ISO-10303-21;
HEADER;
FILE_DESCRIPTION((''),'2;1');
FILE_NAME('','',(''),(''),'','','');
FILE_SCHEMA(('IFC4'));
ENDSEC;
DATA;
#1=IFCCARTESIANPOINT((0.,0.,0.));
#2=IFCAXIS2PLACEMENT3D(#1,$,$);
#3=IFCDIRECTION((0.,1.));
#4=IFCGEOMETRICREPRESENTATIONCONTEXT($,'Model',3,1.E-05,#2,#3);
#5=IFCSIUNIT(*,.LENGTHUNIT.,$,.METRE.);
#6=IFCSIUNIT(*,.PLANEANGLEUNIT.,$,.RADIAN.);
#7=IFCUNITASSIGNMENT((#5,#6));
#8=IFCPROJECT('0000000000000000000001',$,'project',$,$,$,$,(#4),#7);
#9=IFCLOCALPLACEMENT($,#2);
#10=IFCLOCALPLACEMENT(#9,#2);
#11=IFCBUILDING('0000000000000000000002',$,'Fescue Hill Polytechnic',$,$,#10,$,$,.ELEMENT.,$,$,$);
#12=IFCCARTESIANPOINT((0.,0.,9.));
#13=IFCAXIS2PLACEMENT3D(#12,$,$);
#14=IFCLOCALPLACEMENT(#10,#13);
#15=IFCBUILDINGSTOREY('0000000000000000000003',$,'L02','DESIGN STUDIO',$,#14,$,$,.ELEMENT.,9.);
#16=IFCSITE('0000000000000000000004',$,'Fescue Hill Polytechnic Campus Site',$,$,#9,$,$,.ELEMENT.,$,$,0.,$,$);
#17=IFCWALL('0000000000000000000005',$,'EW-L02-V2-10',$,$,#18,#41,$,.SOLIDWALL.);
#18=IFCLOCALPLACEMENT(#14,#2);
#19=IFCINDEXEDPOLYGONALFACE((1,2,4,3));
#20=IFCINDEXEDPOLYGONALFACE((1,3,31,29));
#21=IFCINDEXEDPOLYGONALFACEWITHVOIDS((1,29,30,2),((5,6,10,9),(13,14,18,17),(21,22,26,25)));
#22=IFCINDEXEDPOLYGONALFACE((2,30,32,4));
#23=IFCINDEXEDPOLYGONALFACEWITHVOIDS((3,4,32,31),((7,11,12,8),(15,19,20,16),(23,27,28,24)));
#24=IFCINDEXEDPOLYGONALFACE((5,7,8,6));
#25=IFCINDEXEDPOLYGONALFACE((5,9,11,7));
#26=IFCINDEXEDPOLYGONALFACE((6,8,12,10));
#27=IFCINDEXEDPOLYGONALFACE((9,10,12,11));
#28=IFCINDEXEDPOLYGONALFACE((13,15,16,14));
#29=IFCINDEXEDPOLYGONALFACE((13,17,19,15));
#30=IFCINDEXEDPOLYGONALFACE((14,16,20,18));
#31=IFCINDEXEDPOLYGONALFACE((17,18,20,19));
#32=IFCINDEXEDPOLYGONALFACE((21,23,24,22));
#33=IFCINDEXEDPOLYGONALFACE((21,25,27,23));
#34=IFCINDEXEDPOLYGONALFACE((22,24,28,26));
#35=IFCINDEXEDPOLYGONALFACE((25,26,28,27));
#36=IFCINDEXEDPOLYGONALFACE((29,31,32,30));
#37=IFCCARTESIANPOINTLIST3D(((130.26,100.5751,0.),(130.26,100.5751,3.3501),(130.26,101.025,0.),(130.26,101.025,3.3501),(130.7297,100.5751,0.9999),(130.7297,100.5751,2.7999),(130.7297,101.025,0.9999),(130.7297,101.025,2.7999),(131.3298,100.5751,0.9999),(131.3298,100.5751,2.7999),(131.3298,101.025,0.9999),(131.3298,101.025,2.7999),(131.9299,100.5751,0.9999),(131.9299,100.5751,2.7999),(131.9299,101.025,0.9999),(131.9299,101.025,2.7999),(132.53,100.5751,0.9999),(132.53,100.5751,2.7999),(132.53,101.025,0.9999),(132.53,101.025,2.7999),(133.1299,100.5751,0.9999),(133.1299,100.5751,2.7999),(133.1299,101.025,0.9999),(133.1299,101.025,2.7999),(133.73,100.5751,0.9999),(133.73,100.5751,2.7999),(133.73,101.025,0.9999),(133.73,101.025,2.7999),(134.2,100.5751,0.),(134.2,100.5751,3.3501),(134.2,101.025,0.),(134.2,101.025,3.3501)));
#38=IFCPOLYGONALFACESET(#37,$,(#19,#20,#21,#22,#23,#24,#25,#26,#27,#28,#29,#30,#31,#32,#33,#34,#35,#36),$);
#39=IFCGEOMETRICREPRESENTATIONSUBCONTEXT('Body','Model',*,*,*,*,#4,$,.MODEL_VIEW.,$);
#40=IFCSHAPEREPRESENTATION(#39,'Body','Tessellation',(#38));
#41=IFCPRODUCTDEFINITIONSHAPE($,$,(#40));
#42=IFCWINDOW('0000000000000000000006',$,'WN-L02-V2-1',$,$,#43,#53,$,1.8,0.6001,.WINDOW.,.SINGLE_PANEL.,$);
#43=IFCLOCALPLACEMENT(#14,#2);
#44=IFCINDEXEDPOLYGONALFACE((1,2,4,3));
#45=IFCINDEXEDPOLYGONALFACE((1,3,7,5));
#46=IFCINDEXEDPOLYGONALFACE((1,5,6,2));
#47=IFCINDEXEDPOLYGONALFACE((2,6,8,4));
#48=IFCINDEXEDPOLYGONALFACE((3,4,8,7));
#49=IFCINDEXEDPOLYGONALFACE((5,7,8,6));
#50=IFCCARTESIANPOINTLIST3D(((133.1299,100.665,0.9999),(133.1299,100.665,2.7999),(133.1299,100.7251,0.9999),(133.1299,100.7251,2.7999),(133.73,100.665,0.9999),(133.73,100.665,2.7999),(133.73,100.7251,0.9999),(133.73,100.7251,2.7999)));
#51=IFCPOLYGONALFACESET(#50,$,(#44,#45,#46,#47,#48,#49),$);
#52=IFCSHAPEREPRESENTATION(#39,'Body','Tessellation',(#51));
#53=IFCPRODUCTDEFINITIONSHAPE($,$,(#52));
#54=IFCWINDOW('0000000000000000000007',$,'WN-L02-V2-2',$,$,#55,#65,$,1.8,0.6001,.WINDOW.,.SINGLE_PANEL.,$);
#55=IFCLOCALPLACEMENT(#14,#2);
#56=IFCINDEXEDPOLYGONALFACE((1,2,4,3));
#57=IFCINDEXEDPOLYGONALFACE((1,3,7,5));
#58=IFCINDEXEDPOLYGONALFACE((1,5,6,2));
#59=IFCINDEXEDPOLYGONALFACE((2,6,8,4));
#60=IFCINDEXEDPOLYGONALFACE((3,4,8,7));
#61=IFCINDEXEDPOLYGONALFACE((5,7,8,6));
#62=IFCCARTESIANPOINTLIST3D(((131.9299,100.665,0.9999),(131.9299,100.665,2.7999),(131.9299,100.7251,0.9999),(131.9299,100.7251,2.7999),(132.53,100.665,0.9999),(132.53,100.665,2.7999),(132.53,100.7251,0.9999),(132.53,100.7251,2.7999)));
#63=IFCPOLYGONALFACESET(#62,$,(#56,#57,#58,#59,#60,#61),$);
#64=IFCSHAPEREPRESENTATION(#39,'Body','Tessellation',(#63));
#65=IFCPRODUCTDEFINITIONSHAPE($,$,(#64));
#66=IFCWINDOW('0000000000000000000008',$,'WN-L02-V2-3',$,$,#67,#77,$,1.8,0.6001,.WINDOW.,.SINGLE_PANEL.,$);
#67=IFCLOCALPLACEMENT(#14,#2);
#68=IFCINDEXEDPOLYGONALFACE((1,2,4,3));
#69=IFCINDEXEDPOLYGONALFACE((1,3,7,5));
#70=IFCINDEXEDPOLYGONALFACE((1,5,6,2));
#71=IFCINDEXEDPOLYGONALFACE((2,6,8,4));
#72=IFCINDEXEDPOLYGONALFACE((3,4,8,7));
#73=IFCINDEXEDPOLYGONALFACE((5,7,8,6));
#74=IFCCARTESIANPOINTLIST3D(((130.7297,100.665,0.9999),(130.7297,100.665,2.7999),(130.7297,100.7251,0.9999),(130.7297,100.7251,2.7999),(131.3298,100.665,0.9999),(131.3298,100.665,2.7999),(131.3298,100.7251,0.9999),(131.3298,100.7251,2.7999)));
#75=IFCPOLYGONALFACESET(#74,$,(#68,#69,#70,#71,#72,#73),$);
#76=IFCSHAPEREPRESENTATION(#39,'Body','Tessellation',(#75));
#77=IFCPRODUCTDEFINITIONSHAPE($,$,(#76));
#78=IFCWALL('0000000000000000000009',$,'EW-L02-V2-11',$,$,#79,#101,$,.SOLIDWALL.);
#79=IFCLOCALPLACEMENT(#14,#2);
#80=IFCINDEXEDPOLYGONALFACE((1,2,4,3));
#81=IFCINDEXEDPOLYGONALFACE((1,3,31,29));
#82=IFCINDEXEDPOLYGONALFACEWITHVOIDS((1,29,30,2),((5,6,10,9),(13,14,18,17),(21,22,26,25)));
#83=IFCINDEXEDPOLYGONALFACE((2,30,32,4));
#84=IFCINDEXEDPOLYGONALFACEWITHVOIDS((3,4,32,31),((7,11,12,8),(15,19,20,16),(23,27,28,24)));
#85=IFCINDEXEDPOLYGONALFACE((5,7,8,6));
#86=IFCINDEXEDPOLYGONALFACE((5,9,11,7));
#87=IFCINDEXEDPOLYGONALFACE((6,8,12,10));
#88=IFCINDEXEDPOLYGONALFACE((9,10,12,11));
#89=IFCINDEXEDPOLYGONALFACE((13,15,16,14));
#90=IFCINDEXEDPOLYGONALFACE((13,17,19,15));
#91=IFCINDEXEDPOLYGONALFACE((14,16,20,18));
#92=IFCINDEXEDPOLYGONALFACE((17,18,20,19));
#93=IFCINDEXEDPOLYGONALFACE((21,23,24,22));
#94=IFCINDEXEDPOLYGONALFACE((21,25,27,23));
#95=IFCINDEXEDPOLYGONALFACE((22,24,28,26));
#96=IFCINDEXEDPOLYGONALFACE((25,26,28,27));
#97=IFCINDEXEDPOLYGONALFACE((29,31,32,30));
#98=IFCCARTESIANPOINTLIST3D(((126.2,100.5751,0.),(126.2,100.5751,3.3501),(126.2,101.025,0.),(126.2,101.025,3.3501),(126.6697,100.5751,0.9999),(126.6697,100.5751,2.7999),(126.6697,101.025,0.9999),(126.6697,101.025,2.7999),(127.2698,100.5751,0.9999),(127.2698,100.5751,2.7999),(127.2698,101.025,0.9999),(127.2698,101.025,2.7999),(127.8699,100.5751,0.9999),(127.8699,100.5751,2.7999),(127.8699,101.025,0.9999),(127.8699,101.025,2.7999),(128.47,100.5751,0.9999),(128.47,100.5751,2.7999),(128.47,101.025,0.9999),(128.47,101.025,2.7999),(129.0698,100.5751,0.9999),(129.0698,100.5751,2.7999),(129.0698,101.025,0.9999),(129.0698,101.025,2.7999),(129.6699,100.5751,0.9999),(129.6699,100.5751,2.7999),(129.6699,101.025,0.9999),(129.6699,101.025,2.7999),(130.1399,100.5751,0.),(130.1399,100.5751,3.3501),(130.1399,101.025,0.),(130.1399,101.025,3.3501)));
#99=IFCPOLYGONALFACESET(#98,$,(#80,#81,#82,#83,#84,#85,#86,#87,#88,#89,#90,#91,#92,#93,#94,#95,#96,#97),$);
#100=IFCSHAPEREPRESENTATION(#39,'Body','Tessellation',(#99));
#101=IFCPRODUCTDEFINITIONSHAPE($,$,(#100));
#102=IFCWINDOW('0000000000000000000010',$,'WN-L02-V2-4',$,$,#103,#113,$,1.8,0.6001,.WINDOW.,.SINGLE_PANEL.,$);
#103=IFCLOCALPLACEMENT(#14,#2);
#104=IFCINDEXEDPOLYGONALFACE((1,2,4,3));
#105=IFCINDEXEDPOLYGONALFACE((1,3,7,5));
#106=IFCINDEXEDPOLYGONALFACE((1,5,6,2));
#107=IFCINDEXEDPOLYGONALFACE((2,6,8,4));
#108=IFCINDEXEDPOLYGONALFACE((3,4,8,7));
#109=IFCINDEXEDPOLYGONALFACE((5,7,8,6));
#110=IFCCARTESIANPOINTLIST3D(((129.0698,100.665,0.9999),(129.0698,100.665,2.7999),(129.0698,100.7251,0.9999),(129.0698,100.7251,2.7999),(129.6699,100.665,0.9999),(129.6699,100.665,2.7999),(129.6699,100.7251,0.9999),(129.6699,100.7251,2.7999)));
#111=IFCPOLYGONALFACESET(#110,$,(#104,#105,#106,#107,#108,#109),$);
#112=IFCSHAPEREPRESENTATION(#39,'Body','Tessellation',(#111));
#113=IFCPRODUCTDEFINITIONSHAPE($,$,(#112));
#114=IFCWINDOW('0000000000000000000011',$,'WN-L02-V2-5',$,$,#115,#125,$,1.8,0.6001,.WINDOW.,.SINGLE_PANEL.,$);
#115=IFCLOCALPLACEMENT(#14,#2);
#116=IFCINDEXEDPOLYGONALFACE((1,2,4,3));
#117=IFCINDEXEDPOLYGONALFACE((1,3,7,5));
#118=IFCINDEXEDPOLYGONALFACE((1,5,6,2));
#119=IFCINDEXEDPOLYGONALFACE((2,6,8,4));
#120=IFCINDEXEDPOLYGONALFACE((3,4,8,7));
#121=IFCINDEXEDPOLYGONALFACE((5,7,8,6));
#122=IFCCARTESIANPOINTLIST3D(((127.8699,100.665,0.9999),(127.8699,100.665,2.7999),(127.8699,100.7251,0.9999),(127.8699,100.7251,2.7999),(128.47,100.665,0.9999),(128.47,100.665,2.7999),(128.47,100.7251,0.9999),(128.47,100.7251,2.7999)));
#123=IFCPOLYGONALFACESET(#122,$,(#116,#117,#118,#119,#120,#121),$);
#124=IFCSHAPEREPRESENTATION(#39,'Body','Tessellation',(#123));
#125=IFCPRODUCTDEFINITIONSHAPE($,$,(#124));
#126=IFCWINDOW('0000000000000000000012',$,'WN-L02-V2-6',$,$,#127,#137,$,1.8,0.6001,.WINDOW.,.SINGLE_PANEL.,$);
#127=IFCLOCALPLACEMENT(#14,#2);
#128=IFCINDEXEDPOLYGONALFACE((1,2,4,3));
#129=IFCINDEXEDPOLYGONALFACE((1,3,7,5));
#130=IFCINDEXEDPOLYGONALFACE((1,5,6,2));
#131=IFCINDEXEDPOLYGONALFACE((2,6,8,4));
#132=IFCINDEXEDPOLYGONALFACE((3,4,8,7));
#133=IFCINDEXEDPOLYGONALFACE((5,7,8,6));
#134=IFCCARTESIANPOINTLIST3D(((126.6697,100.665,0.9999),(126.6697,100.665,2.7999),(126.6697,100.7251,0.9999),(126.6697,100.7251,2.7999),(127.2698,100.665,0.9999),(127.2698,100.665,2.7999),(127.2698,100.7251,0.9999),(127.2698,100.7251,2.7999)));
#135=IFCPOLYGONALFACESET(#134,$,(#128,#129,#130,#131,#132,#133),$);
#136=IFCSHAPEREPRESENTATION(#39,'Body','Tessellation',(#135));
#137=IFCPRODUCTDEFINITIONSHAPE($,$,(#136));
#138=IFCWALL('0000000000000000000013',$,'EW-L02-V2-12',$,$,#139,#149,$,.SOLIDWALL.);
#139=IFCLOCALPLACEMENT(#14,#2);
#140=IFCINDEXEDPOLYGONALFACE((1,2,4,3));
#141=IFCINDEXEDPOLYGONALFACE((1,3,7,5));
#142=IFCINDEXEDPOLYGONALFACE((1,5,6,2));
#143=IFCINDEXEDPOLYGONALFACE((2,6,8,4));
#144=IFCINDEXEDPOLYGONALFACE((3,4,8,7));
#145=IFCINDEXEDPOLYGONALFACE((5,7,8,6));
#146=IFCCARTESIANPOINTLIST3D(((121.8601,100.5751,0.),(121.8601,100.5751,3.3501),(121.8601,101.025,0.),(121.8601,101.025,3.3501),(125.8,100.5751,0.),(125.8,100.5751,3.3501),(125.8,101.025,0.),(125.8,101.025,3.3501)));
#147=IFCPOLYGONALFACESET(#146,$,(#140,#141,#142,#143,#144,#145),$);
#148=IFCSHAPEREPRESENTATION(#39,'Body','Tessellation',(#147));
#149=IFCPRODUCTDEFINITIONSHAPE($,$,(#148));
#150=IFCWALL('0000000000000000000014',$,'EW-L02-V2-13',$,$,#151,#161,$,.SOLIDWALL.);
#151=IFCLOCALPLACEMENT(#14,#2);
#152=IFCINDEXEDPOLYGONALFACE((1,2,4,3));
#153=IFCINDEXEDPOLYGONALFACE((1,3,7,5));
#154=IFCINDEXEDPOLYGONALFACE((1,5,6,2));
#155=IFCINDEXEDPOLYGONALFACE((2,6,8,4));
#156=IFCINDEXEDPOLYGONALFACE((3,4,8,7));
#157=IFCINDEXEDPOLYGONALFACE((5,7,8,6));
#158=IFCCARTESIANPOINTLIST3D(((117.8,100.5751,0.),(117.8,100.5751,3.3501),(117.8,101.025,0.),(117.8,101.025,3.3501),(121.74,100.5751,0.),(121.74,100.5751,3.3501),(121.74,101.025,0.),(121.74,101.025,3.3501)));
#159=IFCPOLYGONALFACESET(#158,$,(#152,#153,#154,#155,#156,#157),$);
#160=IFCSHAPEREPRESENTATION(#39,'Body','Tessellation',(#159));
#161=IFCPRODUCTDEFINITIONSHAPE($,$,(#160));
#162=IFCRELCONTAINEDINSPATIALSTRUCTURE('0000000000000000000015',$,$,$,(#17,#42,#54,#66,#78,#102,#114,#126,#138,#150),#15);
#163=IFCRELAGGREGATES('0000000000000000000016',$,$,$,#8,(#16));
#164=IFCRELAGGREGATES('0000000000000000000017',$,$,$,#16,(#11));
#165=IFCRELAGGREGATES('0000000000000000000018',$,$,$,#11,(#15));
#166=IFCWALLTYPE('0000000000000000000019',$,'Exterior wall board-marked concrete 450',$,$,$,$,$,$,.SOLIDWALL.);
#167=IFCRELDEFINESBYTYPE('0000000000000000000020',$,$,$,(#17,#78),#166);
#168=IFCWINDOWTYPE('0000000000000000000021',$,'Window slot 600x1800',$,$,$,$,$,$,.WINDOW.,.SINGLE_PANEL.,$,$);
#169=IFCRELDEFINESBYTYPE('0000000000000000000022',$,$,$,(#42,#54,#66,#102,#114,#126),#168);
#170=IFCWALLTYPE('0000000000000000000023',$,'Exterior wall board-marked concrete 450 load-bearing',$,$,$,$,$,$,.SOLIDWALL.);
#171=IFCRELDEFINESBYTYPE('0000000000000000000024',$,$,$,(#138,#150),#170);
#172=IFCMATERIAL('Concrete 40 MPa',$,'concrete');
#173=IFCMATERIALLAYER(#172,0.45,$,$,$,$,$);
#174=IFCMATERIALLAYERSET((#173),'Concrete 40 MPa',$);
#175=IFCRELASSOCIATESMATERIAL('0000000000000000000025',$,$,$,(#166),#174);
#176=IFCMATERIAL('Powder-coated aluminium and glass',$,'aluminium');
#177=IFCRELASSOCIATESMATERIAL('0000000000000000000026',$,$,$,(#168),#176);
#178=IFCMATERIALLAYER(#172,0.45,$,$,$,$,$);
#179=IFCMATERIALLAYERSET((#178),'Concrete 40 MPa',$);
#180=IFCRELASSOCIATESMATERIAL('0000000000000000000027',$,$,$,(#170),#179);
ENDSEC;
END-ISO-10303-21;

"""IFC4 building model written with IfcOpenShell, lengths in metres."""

from ifc_helpers import new_model, si_unit, direction, frame, frame_2d, origin, place, context, subcontext, project, spatial, rectangle, extrude, material, layer, layer_set, type_object, element, fill, save


model = new_model("IFC4")

# Units and contexts
model_context = context("Model", 3, precision=1e-05, world=origin(), true_north=direction((0.0, 1.0)))
body_context = subcontext(model_context, "Body", "Model", "MODEL_VIEW")
ifc_project = project(units=[si_unit("LENGTHUNIT", "METRE"), si_unit("PLANEANGLEUNIT", "RADIAN")], contexts=[model_context])

# Site, building, storey
site_placement = place(None, origin())
site = spatial("IfcSite", under=ifc_project, at=site_placement, Name="Fescue Hill Polytechnic Campus Site", CompositionType="ELEMENT", RefElevation=0.0)
building_placement = place(site_placement, origin())
building = spatial("IfcBuilding", under=site, at=building_placement, Name="Fescue Hill Polytechnic", CompositionType="ELEMENT")
storey_placement = place(building_placement, frame((0.0, 0.0, 9.0)))
storey = spatial("IfcBuildingStorey", under=building, at=storey_placement, Name="L02", Description="DESIGN STUDIO", CompositionType="ELEMENT", Elevation=9.0)

# Shared definitions
ifc_material_1 = material(Name="Concrete 40 MPa", Category="concrete")

# Walls, openings, windows
ifc_layer_1 = layer(ifc_material_1, 0.45)
ifc_layer_set_1 = layer_set([ifc_layer_1], Name="Concrete 40 MPa")
wall_type_1 = type_object("IfcWallType", Name="Exterior wall board-marked concrete 450", PredefinedType="SOLIDWALL", material=ifc_layer_set_1)
wall_1_placement = place(storey_placement, frame((134.2, 100.8, 0.0), z_axis=(0.0, 0.0, 1.0), x_axis=(-1.0, 0.0, 0.0)))
wall_1 = element("IfcWall", 1, at=wall_1_placement, inside=storey, type_object=wall_type_1, Name="EW-L02-V2-10", PredefinedType="SOLIDWALL", context=body_context, shape_type="SweptSolid", body=[
    extrude(rectangle(XDim=3.9399, YDim=0.45, at=frame_2d((1.97, 0.0))), origin(), (0.0, 0.0, 1.0), 3.3501),
])
opening_1_placement = place(wall_1_placement, frame((0.47, 0.0, 1.0)))
opening_1 = element("IfcOpeningElement", 2, at=opening_1_placement, cuts=wall_1, PredefinedType="OPENING", context=body_context, shape_type="SweptSolid", body=[
    extrude(rectangle(XDim=0.6001, YDim=1.8, at=frame_2d((0.3, 0.8999))), frame((0.0, 0.2349, 0.0), z_axis=(0.0, -1.0, 0.0), x_axis=(1.0, 0.0, 0.0)), (0.0, 0.0, 1.0), 0.47),
])
opening_2_placement = place(wall_1_placement, frame((1.6699, 0.0, 1.0)))
opening_2 = element("IfcOpeningElement", 3, at=opening_2_placement, cuts=wall_1, PredefinedType="OPENING", context=body_context, shape_type="SweptSolid", body=[
    extrude(rectangle(XDim=0.6001, YDim=1.8, at=frame_2d((0.3, 0.8999))), frame((0.0, 0.2349, 0.0), z_axis=(0.0, -1.0, 0.0), x_axis=(1.0, 0.0, 0.0)), (0.0, 0.0, 1.0), 0.47),
])
opening_3_placement = place(wall_1_placement, frame((2.8701, 0.0, 1.0)))
opening_3 = element("IfcOpeningElement", 4, at=opening_3_placement, cuts=wall_1, PredefinedType="OPENING", context=body_context, shape_type="SweptSolid", body=[
    extrude(rectangle(XDim=0.6001, YDim=1.8, at=frame_2d((0.3, 0.8999))), frame((0.0, 0.2349, 0.0), z_axis=(0.0, -1.0, 0.0), x_axis=(1.0, 0.0, 0.0)), (0.0, 0.0, 1.0), 0.47),
])
ifc_material_2 = material(Name="Powder-coated aluminium and glass", Category="aluminium")
window_type = type_object("IfcWindowType", Name="Window slot 600x1800", PartitioningType="SINGLE_PANEL", PredefinedType="WINDOW", material=ifc_material_2)
window_1_placement = place(opening_1_placement, origin())
window_1 = element("IfcWindow", 5, at=window_1_placement, inside=storey, type_object=window_type, Name="WN-L02-V2-1", OverallHeight=1.8, OverallWidth=0.6001, PartitioningType="SINGLE_PANEL", PredefinedType="WINDOW", context=body_context, shape_type="SweptSolid", body=[
    extrude(rectangle(XDim=0.6001, YDim=1.8, at=frame_2d((0.3, 0.8999))), frame((0.0, 0.135, 0.0), z_axis=(0.0, -1.0, 0.0), x_axis=(1.0, 0.0, 0.0)), (0.0, 0.0, 1.0), 0.0601),
])
fill(opening_1, window_1)
window_2_placement = place(opening_2_placement, origin())
window_2 = element("IfcWindow", 6, at=window_2_placement, inside=storey, type_object=window_type, Name="WN-L02-V2-2", OverallHeight=1.8, OverallWidth=0.6001, PartitioningType="SINGLE_PANEL", PredefinedType="WINDOW", context=body_context, shape_type="SweptSolid", body=[
    extrude(rectangle(XDim=0.6001, YDim=1.8, at=frame_2d((0.3, 0.8999))), frame((0.0, 0.135, 0.0), z_axis=(0.0, -1.0, 0.0), x_axis=(1.0, 0.0, 0.0)), (0.0, 0.0, 1.0), 0.0601),
])
fill(opening_2, window_2)
window_3_placement = place(opening_3_placement, origin())
window_3 = element("IfcWindow", 7, at=window_3_placement, inside=storey, type_object=window_type, Name="WN-L02-V2-3", OverallHeight=1.8, OverallWidth=0.6001, PartitioningType="SINGLE_PANEL", PredefinedType="WINDOW", context=body_context, shape_type="SweptSolid", body=[
    extrude(rectangle(XDim=0.6001, YDim=1.8, at=frame_2d((0.3, 0.8999))), frame((0.0, 0.135, 0.0), z_axis=(0.0, -1.0, 0.0), x_axis=(1.0, 0.0, 0.0)), (0.0, 0.0, 1.0), 0.0601),
])
fill(opening_3, window_3)
wall_2_placement = place(storey_placement, frame((130.1399, 100.8, 0.0), z_axis=(0.0, 0.0, 1.0), x_axis=(-1.0, 0.0, 0.0)))
wall_2 = element("IfcWall", 8, at=wall_2_placement, inside=storey, type_object=wall_type_1, Name="EW-L02-V2-11", PredefinedType="SOLIDWALL", context=body_context, shape_type="SweptSolid", body=[
    extrude(rectangle(XDim=3.9399, YDim=0.45, at=frame_2d((1.97, 0.0))), origin(), (0.0, 0.0, 1.0), 3.3501),
])
opening_4_placement = place(wall_2_placement, frame((0.47, 0.0, 1.0)))
opening_4 = element("IfcOpeningElement", 9, at=opening_4_placement, cuts=wall_2, PredefinedType="OPENING", context=body_context, shape_type="SweptSolid", body=[
    extrude(rectangle(XDim=0.6001, YDim=1.8, at=frame_2d((0.3, 0.8999))), frame((0.0, 0.2349, 0.0), z_axis=(0.0, -1.0, 0.0), x_axis=(1.0, 0.0, 0.0)), (0.0, 0.0, 1.0), 0.47),
])
opening_5_placement = place(wall_2_placement, frame((1.6699, 0.0, 1.0)))
opening_5 = element("IfcOpeningElement", 10, at=opening_5_placement, cuts=wall_2, PredefinedType="OPENING", context=body_context, shape_type="SweptSolid", body=[
    extrude(rectangle(XDim=0.6001, YDim=1.8, at=frame_2d((0.3, 0.8999))), frame((0.0, 0.2349, 0.0), z_axis=(0.0, -1.0, 0.0), x_axis=(1.0, 0.0, 0.0)), (0.0, 0.0, 1.0), 0.47),
])
opening_6_placement = place(wall_2_placement, frame((2.8701, 0.0, 1.0)))
opening_6 = element("IfcOpeningElement", 11, at=opening_6_placement, cuts=wall_2, PredefinedType="OPENING", context=body_context, shape_type="SweptSolid", body=[
    extrude(rectangle(XDim=0.6001, YDim=1.8, at=frame_2d((0.3, 0.8999))), frame((0.0, 0.2349, 0.0), z_axis=(0.0, -1.0, 0.0), x_axis=(1.0, 0.0, 0.0)), (0.0, 0.0, 1.0), 0.47),
])
window_4_placement = place(opening_4_placement, origin())
window_4 = element("IfcWindow", 12, at=window_4_placement, inside=storey, type_object=window_type, Name="WN-L02-V2-4", OverallHeight=1.8, OverallWidth=0.6001, PartitioningType="SINGLE_PANEL", PredefinedType="WINDOW", context=body_context, shape_type="SweptSolid", body=[
    extrude(rectangle(XDim=0.6001, YDim=1.8, at=frame_2d((0.3, 0.8999))), frame((0.0, 0.135, 0.0), z_axis=(0.0, -1.0, 0.0), x_axis=(1.0, 0.0, 0.0)), (0.0, 0.0, 1.0), 0.0601),
])
fill(opening_4, window_4)
window_5_placement = place(opening_5_placement, origin())
window_5 = element("IfcWindow", 13, at=window_5_placement, inside=storey, type_object=window_type, Name="WN-L02-V2-5", OverallHeight=1.8, OverallWidth=0.6001, PartitioningType="SINGLE_PANEL", PredefinedType="WINDOW", context=body_context, shape_type="SweptSolid", body=[
    extrude(rectangle(XDim=0.6001, YDim=1.8, at=frame_2d((0.3, 0.8999))), frame((0.0, 0.135, 0.0), z_axis=(0.0, -1.0, 0.0), x_axis=(1.0, 0.0, 0.0)), (0.0, 0.0, 1.0), 0.0601),
])
fill(opening_5, window_5)
window_6_placement = place(opening_6_placement, origin())
window_6 = element("IfcWindow", 14, at=window_6_placement, inside=storey, type_object=window_type, Name="WN-L02-V2-6", OverallHeight=1.8, OverallWidth=0.6001, PartitioningType="SINGLE_PANEL", PredefinedType="WINDOW", context=body_context, shape_type="SweptSolid", body=[
    extrude(rectangle(XDim=0.6001, YDim=1.8, at=frame_2d((0.3, 0.8999))), frame((0.0, 0.135, 0.0), z_axis=(0.0, -1.0, 0.0), x_axis=(1.0, 0.0, 0.0)), (0.0, 0.0, 1.0), 0.0601),
])
fill(opening_6, window_6)

# Walls
ifc_layer_2 = layer(ifc_material_1, 0.45)
ifc_layer_set_2 = layer_set([ifc_layer_2], Name="Concrete 40 MPa")
wall_type_2 = type_object("IfcWallType", Name="Exterior wall board-marked concrete 450 load-bearing", PredefinedType="SOLIDWALL", material=ifc_layer_set_2)
for number, where, z_axis, x_axis, name in (
    (15, (125.8, 100.8, 0.0), (0.0, 0.0, 1.0), (-1.0, 0.0, 0.0), "EW-L02-V2-12"),
    (16, (121.74, 100.8, 0.0), (0.0, 0.0, 1.0), (-1.0, 0.0, 0.0), "EW-L02-V2-13"),
):
    element("IfcWall", number, at=place(storey_placement, frame(where, z_axis=z_axis, x_axis=x_axis)), inside=storey, type_object=wall_type_2, Name=name, PredefinedType="SOLIDWALL", context=body_context, shape_type="SweptSolid", body=[
        extrude(rectangle(XDim=3.9399, YDim=0.45, at=frame_2d((1.97, 0.0))), origin(), (0.0, 0.0, 1.0), 3.3501),
    ])

save(model, "model.ifc")
